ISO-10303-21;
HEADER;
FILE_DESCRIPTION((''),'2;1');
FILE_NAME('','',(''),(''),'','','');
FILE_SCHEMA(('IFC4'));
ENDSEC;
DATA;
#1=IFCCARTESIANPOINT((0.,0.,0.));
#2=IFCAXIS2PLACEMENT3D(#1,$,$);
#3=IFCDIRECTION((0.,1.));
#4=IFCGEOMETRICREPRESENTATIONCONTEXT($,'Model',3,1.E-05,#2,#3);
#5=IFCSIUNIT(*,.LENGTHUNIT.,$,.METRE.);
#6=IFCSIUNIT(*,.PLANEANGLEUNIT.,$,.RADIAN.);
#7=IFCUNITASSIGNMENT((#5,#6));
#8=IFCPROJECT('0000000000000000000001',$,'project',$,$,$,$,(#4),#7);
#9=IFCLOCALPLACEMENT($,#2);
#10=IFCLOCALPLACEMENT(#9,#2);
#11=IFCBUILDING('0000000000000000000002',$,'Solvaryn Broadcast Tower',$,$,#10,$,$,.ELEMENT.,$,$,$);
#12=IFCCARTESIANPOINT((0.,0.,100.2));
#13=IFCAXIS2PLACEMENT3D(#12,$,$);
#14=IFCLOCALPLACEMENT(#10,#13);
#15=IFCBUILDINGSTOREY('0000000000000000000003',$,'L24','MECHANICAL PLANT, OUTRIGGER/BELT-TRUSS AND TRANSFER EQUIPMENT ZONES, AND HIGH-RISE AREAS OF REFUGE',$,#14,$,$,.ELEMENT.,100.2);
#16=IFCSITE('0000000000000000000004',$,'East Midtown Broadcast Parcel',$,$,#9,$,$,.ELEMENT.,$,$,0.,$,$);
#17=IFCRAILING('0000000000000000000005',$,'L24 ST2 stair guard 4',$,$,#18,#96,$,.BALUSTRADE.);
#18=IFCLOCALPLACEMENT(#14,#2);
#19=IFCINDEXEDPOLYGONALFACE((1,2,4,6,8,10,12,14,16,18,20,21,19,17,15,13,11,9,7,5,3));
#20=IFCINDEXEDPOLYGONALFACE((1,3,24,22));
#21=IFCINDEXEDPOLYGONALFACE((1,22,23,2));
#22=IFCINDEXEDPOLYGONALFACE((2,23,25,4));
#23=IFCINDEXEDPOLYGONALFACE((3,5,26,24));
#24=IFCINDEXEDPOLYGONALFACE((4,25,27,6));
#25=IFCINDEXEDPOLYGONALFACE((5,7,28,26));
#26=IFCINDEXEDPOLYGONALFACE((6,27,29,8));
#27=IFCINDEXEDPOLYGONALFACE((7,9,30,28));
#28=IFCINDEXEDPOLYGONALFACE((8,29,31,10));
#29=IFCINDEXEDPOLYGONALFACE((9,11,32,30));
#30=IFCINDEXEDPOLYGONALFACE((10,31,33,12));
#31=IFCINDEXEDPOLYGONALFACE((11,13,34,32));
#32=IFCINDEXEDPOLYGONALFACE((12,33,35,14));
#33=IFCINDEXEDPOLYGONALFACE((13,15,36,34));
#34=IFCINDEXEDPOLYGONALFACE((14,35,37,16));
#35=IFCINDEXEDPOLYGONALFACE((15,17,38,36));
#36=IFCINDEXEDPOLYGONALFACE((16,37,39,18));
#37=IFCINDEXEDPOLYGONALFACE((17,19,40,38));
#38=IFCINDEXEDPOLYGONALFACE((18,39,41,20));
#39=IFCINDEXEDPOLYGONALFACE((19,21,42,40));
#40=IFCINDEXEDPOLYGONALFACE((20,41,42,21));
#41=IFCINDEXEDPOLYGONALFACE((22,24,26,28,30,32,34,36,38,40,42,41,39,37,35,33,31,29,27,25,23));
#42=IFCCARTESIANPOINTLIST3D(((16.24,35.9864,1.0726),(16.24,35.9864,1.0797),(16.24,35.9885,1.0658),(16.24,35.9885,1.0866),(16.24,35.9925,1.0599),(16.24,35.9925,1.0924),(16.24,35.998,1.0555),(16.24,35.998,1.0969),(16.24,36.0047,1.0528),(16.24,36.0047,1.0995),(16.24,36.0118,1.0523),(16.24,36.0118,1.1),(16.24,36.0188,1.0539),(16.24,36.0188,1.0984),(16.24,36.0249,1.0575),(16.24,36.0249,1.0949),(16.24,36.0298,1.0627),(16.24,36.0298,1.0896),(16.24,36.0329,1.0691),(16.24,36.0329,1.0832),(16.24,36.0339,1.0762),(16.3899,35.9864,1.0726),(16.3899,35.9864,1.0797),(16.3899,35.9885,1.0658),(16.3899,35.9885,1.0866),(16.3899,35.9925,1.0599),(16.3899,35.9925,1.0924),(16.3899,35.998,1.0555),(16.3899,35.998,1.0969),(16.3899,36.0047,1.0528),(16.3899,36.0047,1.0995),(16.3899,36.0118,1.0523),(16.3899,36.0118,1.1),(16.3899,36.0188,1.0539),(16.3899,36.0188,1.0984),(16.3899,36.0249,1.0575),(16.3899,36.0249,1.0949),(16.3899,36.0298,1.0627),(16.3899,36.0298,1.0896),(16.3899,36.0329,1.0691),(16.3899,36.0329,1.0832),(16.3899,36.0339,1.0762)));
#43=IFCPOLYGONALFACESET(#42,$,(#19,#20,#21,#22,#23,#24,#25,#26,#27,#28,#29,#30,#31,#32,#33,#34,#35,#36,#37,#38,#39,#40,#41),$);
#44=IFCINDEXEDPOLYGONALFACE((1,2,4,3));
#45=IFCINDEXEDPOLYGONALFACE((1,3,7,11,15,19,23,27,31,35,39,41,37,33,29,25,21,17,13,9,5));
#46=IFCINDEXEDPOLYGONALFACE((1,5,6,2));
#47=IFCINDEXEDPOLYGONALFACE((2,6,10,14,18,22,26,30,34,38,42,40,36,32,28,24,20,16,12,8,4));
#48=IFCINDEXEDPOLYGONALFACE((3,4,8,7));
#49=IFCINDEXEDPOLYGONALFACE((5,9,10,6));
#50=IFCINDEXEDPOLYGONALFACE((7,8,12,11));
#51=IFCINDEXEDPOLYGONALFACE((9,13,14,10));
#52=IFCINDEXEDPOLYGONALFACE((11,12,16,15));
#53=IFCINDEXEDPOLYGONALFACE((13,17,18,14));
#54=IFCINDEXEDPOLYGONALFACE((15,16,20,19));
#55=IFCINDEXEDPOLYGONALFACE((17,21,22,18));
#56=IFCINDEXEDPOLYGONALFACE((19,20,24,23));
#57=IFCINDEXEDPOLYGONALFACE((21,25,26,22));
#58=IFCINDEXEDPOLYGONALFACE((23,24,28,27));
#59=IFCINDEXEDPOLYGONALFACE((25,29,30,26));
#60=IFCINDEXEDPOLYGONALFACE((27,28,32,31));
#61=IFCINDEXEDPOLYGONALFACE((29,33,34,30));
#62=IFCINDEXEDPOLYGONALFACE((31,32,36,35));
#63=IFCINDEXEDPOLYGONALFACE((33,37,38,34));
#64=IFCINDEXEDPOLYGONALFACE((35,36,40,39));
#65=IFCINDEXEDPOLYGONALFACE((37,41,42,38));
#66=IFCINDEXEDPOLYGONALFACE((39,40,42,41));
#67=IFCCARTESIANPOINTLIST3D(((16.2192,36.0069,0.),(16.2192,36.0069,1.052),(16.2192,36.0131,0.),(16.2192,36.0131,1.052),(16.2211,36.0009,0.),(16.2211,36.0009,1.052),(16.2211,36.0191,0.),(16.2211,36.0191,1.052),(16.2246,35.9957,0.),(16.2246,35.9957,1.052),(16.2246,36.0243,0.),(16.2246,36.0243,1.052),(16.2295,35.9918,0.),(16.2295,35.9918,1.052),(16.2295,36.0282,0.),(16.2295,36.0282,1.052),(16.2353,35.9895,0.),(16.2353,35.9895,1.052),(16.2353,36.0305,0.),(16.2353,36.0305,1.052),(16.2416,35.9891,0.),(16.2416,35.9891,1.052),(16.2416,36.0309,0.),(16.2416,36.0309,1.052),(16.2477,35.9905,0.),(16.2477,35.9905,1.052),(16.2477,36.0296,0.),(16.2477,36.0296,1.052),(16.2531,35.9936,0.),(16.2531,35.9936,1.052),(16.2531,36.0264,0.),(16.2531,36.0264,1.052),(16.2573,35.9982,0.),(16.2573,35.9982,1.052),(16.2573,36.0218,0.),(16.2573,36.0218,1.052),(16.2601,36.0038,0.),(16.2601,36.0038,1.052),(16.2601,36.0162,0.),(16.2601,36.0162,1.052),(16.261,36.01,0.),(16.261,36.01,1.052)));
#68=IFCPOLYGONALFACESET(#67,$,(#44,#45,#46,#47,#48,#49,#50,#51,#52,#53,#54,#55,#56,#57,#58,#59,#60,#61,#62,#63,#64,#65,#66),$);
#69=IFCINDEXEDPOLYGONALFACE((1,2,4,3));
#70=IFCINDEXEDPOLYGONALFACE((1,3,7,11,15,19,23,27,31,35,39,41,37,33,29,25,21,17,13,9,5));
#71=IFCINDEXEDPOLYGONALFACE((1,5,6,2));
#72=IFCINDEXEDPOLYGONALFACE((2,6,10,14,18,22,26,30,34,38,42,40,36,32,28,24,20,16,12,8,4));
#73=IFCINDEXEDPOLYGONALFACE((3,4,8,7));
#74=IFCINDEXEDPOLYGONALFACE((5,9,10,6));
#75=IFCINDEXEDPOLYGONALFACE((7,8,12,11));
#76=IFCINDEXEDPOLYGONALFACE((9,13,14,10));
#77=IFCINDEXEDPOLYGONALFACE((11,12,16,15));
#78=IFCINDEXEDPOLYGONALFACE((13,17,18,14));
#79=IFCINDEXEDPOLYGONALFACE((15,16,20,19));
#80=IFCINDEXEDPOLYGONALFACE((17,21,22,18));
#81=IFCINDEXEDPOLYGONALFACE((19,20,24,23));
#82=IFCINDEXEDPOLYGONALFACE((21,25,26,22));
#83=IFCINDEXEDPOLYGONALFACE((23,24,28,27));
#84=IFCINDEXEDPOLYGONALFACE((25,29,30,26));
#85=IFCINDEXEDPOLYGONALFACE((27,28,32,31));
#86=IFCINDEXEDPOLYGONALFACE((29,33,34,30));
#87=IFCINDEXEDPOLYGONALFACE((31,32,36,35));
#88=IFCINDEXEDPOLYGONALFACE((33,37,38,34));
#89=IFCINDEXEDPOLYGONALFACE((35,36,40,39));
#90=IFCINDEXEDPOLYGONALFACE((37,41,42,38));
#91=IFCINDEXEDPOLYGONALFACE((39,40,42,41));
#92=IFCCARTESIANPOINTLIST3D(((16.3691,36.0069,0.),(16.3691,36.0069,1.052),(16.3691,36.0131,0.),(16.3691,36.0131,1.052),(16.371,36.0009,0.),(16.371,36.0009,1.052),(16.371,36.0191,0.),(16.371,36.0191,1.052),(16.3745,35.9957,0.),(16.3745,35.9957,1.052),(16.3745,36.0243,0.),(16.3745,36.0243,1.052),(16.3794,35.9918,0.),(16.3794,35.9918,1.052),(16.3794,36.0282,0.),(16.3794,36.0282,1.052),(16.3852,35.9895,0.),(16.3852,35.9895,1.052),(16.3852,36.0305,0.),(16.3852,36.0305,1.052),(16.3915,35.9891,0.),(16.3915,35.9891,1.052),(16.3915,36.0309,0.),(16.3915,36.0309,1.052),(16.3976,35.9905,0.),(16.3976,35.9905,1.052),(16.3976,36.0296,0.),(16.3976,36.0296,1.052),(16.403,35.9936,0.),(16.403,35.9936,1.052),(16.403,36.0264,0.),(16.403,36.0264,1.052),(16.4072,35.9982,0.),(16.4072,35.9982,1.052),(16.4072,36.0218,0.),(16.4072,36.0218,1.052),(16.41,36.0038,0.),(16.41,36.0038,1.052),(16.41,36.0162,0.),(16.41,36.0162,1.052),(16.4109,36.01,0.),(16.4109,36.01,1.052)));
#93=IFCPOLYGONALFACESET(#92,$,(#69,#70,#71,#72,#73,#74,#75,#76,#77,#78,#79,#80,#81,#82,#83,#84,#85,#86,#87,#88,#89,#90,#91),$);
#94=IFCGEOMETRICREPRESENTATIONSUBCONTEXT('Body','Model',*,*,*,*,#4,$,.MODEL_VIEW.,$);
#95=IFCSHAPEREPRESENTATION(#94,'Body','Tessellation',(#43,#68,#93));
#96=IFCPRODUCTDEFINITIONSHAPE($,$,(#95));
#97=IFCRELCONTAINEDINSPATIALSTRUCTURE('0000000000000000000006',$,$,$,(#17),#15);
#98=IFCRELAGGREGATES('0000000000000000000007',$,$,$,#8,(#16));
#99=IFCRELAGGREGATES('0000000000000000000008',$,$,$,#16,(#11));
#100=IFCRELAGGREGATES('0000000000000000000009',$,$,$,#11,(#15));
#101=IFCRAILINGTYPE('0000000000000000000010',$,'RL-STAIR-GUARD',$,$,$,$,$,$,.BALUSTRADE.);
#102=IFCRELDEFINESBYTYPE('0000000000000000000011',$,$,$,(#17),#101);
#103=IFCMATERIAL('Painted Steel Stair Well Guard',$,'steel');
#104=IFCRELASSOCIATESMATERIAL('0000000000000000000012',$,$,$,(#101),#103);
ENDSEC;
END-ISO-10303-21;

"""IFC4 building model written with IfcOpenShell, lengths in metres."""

from ifc_helpers import new_model, si_unit, direction, frame, origin, origin_2d, place, context, subcontext, project, spatial, circle, extrude, material, type_object, element, save


model = new_model("IFC4")

# Units and contexts
model_context = context("Model", 3, precision=1e-05, world=origin(), true_north=direction((0.0, 1.0)))
body_context = subcontext(model_context, "Body", "Model", "MODEL_VIEW")
ifc_project = project(units=[si_unit("LENGTHUNIT", "METRE"), si_unit("PLANEANGLEUNIT", "RADIAN")], contexts=[model_context])

# Site, building, storey
site_placement = place(None, origin())
site = spatial("IfcSite", under=ifc_project, at=site_placement, Name="East Midtown Broadcast Parcel", CompositionType="ELEMENT", RefElevation=0.0)
building_placement = place(site_placement, origin())
building = spatial("IfcBuilding", under=site, at=building_placement, Name="Solvaryn Broadcast Tower", CompositionType="ELEMENT")
storey_placement = place(building_placement, frame((0.0, 0.0, 100.2)))
storey = spatial("IfcBuildingStorey", under=building, at=storey_placement, Name="L24", Description="MECHANICAL PLANT, OUTRIGGER/BELT-TRUSS AND TRANSFER EQUIPMENT ZONES, AND HIGH-RISE AREAS OF REFUGE", CompositionType="ELEMENT", Elevation=100.2)

# Railing
ifc_material_1 = material(Name="Painted Steel Stair Well Guard", Category="steel")
railing_type = type_object("IfcRailingType", Name="RL-STAIR-GUARD", PredefinedType="BALUSTRADE", material=ifc_material_1)
railing_1_placement = place(storey_placement, frame((16.24, 36.01, 0.0)))
element("IfcRailing", 1, at=railing_1_placement, inside=storey, type_object=railing_type, Name="L24 ST2 stair guard 4", PredefinedType="BALUSTRADE", context=body_context, shape_type="SweptSolid", body=[
    extrude(circle(Radius=0.0239, at=origin_2d()), frame((0.0, 0.0, 1.0762), z_axis=(1.0, 0.0, 0.0), x_axis=(0.0, 1.0, 0.0)), (0.0, 0.0, 1.0), 0.1499),
    extrude(circle(Radius=0.021, at=origin_2d()), origin(), (0.0, 0.0, 1.0), 1.052),
    extrude(circle(Radius=0.021, at=origin_2d()), frame((0.1499, 0.0, 0.0)), (0.0, 0.0, 1.0), 1.052),
])

save(model, "model.ifc")
